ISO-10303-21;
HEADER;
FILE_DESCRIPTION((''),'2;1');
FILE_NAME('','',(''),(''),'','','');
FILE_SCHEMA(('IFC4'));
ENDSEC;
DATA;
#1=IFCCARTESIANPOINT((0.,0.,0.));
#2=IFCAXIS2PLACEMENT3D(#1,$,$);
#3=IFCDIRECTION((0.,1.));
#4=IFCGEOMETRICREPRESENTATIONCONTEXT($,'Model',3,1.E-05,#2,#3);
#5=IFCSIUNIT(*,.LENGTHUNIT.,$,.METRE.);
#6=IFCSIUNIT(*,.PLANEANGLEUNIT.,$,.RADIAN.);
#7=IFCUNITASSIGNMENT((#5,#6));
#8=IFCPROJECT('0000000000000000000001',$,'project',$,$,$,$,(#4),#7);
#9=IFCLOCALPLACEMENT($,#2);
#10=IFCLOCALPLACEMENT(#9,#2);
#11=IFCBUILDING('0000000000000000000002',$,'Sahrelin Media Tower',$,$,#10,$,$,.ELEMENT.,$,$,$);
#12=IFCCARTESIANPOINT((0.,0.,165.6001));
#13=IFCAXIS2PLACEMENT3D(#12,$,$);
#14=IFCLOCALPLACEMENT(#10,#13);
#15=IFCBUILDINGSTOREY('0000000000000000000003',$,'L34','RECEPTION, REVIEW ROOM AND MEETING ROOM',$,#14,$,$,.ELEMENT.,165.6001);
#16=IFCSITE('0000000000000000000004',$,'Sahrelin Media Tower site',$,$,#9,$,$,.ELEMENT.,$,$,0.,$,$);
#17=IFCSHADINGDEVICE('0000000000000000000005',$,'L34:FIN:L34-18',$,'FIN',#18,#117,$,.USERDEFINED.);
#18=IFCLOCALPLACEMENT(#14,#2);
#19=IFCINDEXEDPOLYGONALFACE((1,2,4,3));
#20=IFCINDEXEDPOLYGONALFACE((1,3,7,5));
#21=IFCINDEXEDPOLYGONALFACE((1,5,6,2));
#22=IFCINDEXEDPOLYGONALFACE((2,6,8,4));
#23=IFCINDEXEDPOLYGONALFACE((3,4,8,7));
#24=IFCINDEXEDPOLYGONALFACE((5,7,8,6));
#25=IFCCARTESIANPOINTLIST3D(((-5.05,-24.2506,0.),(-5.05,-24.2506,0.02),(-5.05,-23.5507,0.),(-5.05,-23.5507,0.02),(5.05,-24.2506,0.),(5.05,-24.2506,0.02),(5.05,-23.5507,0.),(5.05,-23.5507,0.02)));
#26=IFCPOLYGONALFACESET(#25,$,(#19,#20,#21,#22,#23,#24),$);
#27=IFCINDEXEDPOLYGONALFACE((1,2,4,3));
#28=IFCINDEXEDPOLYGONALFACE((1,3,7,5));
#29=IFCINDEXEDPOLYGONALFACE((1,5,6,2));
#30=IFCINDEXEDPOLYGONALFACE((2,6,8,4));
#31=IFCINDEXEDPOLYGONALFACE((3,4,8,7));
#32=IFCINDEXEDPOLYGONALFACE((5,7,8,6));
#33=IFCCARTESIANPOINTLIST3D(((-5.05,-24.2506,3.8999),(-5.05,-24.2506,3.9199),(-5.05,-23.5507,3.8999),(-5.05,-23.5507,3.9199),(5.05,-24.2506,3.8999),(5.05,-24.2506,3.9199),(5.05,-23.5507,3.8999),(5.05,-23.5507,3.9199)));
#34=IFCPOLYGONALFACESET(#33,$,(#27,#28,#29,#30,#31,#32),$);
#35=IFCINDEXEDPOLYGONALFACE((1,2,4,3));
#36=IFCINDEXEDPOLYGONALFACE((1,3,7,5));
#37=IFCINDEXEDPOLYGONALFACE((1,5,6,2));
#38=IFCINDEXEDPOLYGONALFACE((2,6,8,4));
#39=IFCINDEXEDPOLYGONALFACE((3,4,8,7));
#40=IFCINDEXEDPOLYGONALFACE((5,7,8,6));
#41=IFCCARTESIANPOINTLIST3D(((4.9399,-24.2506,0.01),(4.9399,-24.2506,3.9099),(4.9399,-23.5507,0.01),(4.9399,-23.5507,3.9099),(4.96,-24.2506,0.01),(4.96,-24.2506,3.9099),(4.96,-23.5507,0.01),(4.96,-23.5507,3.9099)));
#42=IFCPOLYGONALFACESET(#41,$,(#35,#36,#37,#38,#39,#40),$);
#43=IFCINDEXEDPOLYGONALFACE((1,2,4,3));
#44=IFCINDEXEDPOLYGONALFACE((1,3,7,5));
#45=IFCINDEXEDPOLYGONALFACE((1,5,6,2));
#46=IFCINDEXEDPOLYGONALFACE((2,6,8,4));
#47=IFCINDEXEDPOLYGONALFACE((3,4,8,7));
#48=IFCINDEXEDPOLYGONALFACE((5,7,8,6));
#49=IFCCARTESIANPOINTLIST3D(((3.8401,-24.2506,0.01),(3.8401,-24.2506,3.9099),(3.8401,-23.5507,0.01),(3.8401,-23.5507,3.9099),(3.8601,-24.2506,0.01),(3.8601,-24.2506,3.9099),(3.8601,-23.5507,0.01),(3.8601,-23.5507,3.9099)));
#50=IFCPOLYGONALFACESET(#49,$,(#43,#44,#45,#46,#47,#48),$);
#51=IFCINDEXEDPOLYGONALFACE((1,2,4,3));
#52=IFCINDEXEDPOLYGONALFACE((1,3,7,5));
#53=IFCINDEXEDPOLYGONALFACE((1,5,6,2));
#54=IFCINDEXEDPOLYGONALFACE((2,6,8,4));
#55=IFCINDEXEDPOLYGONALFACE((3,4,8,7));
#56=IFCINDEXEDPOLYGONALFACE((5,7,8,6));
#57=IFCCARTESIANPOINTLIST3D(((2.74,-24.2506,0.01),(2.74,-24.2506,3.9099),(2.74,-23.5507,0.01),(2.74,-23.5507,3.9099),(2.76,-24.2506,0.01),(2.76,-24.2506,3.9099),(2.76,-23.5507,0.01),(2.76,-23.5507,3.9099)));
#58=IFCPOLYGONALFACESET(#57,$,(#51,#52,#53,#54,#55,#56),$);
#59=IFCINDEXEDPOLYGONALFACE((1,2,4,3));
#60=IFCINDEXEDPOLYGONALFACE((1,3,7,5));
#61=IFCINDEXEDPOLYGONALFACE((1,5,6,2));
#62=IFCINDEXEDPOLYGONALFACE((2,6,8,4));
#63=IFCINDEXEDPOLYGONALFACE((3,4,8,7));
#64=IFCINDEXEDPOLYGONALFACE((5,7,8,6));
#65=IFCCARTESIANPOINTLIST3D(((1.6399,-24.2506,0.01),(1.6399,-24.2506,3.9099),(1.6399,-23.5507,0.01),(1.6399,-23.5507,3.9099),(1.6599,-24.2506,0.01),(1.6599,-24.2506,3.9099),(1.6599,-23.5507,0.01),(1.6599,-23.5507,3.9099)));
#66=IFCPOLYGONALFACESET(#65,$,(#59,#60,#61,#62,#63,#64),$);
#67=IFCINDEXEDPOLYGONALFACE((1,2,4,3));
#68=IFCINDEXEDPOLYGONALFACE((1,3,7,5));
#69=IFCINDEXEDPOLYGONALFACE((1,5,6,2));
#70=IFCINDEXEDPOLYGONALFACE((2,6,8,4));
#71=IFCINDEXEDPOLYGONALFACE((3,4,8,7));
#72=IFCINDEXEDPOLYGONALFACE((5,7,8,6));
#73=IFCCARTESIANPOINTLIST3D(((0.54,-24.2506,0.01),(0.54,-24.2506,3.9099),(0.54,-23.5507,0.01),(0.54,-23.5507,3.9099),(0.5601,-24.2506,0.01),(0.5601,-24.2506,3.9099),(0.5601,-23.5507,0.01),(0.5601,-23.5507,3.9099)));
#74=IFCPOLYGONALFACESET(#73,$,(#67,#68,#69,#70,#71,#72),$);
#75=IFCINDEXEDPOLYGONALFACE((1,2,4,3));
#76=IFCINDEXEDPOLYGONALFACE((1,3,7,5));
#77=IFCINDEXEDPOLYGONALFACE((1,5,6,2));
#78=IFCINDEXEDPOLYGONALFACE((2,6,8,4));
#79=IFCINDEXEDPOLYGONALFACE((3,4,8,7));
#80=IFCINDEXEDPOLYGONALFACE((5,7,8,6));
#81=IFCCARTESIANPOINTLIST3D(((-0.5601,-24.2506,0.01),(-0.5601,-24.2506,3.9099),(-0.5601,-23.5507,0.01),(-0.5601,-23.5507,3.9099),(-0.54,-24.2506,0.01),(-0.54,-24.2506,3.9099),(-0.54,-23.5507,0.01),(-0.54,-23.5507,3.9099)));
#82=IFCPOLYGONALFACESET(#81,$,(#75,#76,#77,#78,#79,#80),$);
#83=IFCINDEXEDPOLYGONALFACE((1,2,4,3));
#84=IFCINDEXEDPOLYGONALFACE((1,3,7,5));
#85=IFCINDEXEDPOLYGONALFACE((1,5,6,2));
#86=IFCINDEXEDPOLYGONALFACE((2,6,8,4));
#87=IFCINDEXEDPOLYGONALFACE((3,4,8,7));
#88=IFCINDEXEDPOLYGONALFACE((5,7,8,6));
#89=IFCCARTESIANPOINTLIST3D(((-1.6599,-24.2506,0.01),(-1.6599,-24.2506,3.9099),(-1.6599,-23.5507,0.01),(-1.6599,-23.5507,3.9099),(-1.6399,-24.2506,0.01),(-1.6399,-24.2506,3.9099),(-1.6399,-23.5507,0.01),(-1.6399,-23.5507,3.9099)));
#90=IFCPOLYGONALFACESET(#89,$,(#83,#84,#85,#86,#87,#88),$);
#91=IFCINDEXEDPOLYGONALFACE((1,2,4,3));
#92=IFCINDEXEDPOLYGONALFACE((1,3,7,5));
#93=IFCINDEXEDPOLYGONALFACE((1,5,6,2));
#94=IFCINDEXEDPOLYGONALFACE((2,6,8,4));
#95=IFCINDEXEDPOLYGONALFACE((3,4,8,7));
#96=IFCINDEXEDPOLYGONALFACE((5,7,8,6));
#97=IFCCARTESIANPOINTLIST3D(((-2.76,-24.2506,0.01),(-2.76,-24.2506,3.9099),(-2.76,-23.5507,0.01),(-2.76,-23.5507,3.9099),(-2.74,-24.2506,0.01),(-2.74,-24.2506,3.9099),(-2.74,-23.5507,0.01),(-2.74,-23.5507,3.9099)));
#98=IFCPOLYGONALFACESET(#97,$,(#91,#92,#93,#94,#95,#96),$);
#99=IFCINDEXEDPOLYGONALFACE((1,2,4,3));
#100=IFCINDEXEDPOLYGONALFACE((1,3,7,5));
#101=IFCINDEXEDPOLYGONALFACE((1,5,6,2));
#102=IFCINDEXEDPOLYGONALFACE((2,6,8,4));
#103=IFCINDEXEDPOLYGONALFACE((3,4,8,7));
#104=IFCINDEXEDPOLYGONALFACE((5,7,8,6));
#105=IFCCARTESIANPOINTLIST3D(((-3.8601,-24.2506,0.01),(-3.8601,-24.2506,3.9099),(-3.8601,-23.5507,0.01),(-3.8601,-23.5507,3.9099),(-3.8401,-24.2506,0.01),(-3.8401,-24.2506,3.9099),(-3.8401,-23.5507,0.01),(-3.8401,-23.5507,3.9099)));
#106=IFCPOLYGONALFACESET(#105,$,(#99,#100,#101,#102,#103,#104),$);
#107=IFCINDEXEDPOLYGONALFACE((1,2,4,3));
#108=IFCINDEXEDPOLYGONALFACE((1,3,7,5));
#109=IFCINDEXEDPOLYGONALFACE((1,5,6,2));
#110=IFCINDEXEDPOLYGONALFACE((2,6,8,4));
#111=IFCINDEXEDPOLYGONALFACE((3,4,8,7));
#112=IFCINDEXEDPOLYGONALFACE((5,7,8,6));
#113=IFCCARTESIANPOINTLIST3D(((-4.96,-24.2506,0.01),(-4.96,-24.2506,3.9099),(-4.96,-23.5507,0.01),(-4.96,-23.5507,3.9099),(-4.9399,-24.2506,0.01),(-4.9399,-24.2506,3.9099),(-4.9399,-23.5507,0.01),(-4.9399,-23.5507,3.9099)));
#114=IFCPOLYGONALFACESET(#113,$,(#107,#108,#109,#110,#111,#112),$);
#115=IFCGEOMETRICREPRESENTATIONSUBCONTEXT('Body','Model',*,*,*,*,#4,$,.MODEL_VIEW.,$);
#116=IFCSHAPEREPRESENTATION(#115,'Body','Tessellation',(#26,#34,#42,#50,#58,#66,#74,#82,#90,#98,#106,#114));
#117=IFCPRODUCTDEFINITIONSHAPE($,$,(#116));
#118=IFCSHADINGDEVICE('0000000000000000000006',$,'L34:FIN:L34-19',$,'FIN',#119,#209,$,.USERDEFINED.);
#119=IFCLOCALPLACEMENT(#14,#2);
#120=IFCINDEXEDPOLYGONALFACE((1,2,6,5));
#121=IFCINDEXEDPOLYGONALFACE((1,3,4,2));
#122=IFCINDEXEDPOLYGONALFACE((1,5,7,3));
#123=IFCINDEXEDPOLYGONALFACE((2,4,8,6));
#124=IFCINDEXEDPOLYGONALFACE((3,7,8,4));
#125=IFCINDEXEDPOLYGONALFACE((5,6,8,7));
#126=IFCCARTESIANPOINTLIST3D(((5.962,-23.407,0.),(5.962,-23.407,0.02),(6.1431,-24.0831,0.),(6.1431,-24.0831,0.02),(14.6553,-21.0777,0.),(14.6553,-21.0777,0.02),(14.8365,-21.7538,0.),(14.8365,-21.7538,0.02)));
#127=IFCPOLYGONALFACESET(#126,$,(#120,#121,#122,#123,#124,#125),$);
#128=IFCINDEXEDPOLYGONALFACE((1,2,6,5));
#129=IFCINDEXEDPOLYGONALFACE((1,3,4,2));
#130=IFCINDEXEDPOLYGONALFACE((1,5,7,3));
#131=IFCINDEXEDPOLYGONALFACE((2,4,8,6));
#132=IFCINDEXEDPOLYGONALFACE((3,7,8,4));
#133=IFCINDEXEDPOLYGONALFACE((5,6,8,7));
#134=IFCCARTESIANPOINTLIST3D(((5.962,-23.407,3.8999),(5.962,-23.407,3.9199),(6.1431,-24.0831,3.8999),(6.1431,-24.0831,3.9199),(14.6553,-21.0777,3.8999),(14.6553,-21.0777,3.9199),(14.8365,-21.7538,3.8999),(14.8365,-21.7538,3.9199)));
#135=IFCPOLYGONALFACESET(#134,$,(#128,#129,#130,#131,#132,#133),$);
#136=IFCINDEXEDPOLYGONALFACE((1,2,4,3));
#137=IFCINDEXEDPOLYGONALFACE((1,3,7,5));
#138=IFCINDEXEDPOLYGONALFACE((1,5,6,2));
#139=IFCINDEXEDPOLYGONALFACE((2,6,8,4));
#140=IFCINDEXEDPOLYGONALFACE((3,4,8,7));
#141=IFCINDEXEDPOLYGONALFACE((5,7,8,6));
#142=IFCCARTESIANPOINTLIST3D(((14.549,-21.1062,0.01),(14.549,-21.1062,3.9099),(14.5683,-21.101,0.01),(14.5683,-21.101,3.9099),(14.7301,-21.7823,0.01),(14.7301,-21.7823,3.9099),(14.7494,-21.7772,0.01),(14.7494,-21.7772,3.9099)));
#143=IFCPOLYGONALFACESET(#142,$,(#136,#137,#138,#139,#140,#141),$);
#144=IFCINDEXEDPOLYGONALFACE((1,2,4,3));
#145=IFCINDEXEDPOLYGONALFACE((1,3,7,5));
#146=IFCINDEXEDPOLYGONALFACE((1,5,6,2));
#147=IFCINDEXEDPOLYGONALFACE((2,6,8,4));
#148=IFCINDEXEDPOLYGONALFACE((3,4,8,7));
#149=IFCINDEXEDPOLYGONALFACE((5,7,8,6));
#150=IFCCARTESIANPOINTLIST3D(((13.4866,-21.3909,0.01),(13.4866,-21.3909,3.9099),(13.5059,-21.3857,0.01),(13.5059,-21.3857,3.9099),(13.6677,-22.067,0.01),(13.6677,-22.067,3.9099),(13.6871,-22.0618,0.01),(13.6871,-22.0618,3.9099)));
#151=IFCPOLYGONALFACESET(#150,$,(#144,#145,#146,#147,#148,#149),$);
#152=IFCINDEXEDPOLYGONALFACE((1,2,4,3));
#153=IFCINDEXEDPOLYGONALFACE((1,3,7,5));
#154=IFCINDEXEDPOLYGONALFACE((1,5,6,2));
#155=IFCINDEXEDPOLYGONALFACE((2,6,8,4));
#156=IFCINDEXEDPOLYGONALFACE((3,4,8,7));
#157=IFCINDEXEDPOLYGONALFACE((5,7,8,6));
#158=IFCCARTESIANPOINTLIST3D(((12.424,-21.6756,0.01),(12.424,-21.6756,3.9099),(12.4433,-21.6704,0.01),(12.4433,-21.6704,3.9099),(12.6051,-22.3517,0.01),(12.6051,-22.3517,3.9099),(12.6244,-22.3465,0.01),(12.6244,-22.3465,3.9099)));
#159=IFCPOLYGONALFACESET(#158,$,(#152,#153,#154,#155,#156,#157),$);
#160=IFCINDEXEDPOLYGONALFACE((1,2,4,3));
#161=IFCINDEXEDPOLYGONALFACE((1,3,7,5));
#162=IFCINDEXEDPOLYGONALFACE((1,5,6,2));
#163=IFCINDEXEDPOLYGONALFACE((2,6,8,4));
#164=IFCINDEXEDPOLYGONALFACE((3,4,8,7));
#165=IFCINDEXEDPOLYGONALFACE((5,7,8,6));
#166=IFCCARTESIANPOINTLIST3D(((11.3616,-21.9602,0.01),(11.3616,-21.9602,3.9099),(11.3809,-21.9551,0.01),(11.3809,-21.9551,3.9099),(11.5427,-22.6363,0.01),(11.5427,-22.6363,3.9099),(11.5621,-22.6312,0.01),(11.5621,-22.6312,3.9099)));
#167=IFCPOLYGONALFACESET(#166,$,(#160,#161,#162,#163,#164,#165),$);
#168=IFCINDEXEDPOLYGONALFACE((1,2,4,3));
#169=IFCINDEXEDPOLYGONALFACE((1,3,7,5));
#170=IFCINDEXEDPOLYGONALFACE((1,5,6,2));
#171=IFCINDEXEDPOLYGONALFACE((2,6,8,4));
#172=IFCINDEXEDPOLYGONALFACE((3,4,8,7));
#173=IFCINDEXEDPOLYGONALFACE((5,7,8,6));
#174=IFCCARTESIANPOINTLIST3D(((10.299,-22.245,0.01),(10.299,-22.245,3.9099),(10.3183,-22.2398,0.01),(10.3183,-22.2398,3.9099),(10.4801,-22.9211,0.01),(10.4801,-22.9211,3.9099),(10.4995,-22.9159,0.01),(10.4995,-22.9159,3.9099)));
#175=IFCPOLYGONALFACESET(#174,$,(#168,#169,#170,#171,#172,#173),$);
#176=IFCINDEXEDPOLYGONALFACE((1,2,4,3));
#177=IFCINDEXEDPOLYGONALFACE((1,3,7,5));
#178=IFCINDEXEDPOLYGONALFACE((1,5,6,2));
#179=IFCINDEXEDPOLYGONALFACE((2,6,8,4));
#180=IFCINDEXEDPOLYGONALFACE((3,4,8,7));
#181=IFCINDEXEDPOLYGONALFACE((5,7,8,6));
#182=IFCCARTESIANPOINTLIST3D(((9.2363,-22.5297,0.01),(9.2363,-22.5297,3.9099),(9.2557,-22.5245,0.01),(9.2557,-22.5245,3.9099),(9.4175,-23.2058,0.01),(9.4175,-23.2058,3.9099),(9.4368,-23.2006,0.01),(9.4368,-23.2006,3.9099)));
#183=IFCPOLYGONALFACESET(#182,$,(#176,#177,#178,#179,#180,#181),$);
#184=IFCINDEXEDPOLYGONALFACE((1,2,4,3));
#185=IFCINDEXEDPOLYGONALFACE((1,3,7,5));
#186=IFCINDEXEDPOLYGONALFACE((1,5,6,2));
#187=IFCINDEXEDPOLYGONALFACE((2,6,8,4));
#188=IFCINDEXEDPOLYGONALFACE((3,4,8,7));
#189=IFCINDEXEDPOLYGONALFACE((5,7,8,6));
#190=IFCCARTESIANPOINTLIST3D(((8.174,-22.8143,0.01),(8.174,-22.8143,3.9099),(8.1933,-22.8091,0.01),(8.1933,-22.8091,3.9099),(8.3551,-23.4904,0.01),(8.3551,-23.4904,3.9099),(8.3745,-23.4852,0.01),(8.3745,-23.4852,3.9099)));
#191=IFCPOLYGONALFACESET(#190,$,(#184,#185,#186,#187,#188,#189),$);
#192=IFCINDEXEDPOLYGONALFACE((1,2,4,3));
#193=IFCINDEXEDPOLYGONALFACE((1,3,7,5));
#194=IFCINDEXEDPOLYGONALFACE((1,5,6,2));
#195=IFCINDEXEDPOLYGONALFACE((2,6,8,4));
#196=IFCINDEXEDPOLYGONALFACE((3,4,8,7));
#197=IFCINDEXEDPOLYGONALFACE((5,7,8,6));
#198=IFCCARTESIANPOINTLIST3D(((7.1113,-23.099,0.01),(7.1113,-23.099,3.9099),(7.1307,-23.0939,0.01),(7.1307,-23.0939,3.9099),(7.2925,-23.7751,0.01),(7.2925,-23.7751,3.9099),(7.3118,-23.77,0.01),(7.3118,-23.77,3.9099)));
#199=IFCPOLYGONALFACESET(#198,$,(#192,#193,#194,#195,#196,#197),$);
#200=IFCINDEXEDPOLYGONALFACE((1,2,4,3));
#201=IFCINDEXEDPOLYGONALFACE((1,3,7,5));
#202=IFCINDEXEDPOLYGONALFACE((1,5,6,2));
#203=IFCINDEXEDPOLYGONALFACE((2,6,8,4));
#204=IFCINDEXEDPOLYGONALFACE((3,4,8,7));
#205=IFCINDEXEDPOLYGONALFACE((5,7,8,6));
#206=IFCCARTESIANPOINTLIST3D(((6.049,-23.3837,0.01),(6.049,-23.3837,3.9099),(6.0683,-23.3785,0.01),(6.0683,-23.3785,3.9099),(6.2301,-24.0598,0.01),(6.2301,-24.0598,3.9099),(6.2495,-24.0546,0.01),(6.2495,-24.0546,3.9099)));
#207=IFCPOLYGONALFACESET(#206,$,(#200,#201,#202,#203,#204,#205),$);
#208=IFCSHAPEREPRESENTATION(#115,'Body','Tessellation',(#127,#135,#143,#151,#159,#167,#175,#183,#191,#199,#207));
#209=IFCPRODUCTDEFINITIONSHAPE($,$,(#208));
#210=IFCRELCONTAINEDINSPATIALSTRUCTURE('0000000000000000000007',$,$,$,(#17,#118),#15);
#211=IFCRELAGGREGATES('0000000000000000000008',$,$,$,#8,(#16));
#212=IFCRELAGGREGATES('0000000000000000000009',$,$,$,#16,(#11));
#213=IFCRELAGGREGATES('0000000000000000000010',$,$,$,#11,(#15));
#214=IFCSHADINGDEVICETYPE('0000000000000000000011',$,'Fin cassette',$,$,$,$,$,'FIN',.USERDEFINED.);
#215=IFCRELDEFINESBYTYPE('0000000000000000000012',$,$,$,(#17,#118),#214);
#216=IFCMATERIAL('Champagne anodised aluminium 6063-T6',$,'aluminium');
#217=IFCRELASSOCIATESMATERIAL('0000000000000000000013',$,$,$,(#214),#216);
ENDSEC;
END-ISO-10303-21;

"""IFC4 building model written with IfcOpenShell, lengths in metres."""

from ifc_helpers import new_model, si_unit, direction, frame, origin, origin_2d, place, context, subcontext, project, spatial, rectangle, extrude, material, type_object, element, save


model = new_model("IFC4")

# Units and contexts
model_context = context("Model", 3, precision=1e-05, world=origin(), true_north=direction((0.0, 1.0)))
body_context = subcontext(model_context, "Body", "Model", "MODEL_VIEW")
ifc_project = project(units=[si_unit("LENGTHUNIT", "METRE"), si_unit("PLANEANGLEUNIT", "RADIAN")], contexts=[model_context])

# Site, building, storey
site_placement = place(None, origin())
site = spatial("IfcSite", under=ifc_project, at=site_placement, Name="Sahrelin Media Tower site", CompositionType="ELEMENT", RefElevation=0.0)
building_placement = place(site_placement, origin())
building = spatial("IfcBuilding", under=site, at=building_placement, Name="Sahrelin Media Tower", CompositionType="ELEMENT")
storey_placement = place(building_placement, frame((0.0, 0.0, 165.6001)))
storey = spatial("IfcBuildingStorey", under=building, at=storey_placement, Name="L34", Description="RECEPTION, REVIEW ROOM AND MEETING ROOM", CompositionType="ELEMENT", Elevation=165.6001)

# Shared definitions
ifc_material_1 = material(Name="Champagne anodised aluminium 6063-T6", Category="aluminium")

# Shading devices
shading_device_type_1 = type_object("IfcShadingDeviceType", Name="Fin cassette", ElementType="FIN", PredefinedType="USERDEFINED", material=ifc_material_1)
placement_1 = place(storey_placement, frame((0.0, -23.4807, 0.0), z_axis=(0.0, 0.0, 1.0), x_axis=(-1.0, 0.0, 0.0)))
element("IfcShadingDevice", 1, at=placement_1, inside=storey, type_object=shading_device_type_1, Name="L34:FIN:L34-18", ObjectType="FIN", PredefinedType="USERDEFINED", context=body_context, shape_type="SweptSolid", body=[
    extrude(rectangle(XDim=10.1001, YDim=0.7, at=origin_2d()), frame((0.0, 0.4199, 0.0)), (0.0, 0.0, 1.0), 0.02),
    extrude(rectangle(XDim=10.1001, YDim=0.7, at=origin_2d()), frame((0.0, 0.4199, 3.8999)), (0.0, 0.0, 1.0), 0.02),
    extrude(rectangle(XDim=0.02, YDim=0.7, at=origin_2d()), frame((-4.95, 0.4199, 0.01), z_axis=(0.0, 0.0, 1.0), x_axis=(1.0, 0.0, 0.0)), (0.0, 0.0, 1.0), 3.8999),
    extrude(rectangle(XDim=0.02, YDim=0.7, at=origin_2d()), frame((-3.8501, 0.4199, 0.01), z_axis=(0.0, 0.0, 1.0), x_axis=(1.0, 0.0, 0.0)), (0.0, 0.0, 1.0), 3.8999),
    extrude(rectangle(XDim=0.02, YDim=0.7, at=origin_2d()), frame((-2.75, 0.4199, 0.01), z_axis=(0.0, 0.0, 1.0), x_axis=(1.0, 0.0, 0.0)), (0.0, 0.0, 1.0), 3.8999),
    extrude(rectangle(XDim=0.02, YDim=0.7, at=origin_2d()), frame((-1.6499, 0.4199, 0.01), z_axis=(0.0, 0.0, 1.0), x_axis=(1.0, 0.0, 0.0)), (0.0, 0.0, 1.0), 3.8999),
    extrude(rectangle(XDim=0.02, YDim=0.7, at=origin_2d()), frame((-0.55, 0.4199, 0.01), z_axis=(0.0, 0.0, 1.0), x_axis=(1.0, 0.0, 0.0)), (0.0, 0.0, 1.0), 3.8999),
    extrude(rectangle(XDim=0.02, YDim=0.7, at=origin_2d()), frame((0.55, 0.4199, 0.01), z_axis=(0.0, 0.0, 1.0), x_axis=(1.0, 0.0, 0.0)), (0.0, 0.0, 1.0), 3.8999),
    extrude(rectangle(XDim=0.02, YDim=0.7, at=origin_2d()), frame((1.6499, 0.4199, 0.01), z_axis=(0.0, 0.0, 1.0), x_axis=(1.0, 0.0, 0.0)), (0.0, 0.0, 1.0), 3.8999),
    extrude(rectangle(XDim=0.02, YDim=0.7, at=origin_2d()), frame((2.75, 0.4199, 0.01), z_axis=(0.0, 0.0, 1.0), x_axis=(1.0, 0.0, 0.0)), (0.0, 0.0, 1.0), 3.8999),
    extrude(rectangle(XDim=0.02, YDim=0.7, at=origin_2d()), frame((3.8501, 0.4199, 0.01), z_axis=(0.0, 0.0, 1.0), x_axis=(1.0, 0.0, 0.0)), (0.0, 0.0, 1.0), 3.8999),
    extrude(rectangle(XDim=0.02, YDim=0.7, at=origin_2d()), frame((4.95, 0.4199, 0.01), z_axis=(0.0, 0.0, 1.0), x_axis=(1.0, 0.0, 0.0)), (0.0, 0.0, 1.0), 3.8999),
])
placement_2 = place(storey_placement, frame((10.2905, -22.1748, 0.0), z_axis=(0.0, 0.0, 1.0), x_axis=(-0.965929, -0.258808, 0.0)))
element("IfcShadingDevice", 2, at=placement_2, inside=storey, type_object=shading_device_type_1, Name="L34:FIN:L34-19", ObjectType="FIN", PredefinedType="USERDEFINED", context=body_context, shape_type="SweptSolid", body=[
    extrude(rectangle(XDim=9.0, YDim=0.7, at=origin_2d()), frame((0.0, 0.4199, 0.0)), (0.0, 0.0, 1.0), 0.02),
    extrude(rectangle(XDim=9.0, YDim=0.7, at=origin_2d()), frame((0.0, 0.4199, 3.8999)), (0.0, 0.0, 1.0), 0.02),
    extrude(rectangle(XDim=0.02, YDim=0.7, at=origin_2d()), frame((-4.3999, 0.4199, 0.01), z_axis=(0.0, 0.0, 1.0), x_axis=(1.0, 0.0, 0.0)), (0.0, 0.0, 1.0), 3.8999),
    extrude(rectangle(XDim=0.02, YDim=0.7, at=origin_2d()), frame((-3.3, 0.4199, 0.01), z_axis=(0.0, 0.0, 1.0), x_axis=(1.0, 0.0, 0.0)), (0.0, 0.0, 1.0), 3.8999),
    extrude(rectangle(XDim=0.02, YDim=0.7, at=origin_2d()), frame((-2.2, 0.4199, 0.01), z_axis=(0.0, 0.0, 1.0), x_axis=(1.0, 0.0, 0.0)), (0.0, 0.0, 1.0), 3.8999),
    extrude(rectangle(XDim=0.02, YDim=0.7, at=origin_2d()), frame((-1.1001, 0.4199, 0.01), z_axis=(0.0, 0.0, 1.0), x_axis=(1.0, 0.0, 0.0)), (0.0, 0.0, 1.0), 3.8999),
    extrude(rectangle(XDim=0.02, YDim=0.7, at=origin_2d()), frame((0.0, 0.4199, 0.01), z_axis=(0.0, 0.0, 1.0), x_axis=(1.0, 0.0, 0.0)), (0.0, 0.0, 1.0), 3.8999),
    extrude(rectangle(XDim=0.02, YDim=0.7, at=origin_2d()), frame((1.1001, 0.4199, 0.01), z_axis=(0.0, 0.0, 1.0), x_axis=(1.0, 0.0, 0.0)), (0.0, 0.0, 1.0), 3.8999),
    extrude(rectangle(XDim=0.02, YDim=0.7, at=origin_2d()), frame((2.2, 0.4199, 0.01), z_axis=(0.0, 0.0, 1.0), x_axis=(1.0, 0.0, 0.0)), (0.0, 0.0, 1.0), 3.8999),
    extrude(rectangle(XDim=0.02, YDim=0.7, at=origin_2d()), frame((3.3, 0.4199, 0.01), z_axis=(0.0, 0.0, 1.0), x_axis=(1.0, 0.0, 0.0)), (0.0, 0.0, 1.0), 3.8999),
    extrude(rectangle(XDim=0.02, YDim=0.7, at=origin_2d()), frame((4.3999, 0.4199, 0.01), z_axis=(0.0, 0.0, 1.0), x_axis=(1.0, 0.0, 0.0)), (0.0, 0.0, 1.0), 3.8999),
])

save(model, "model.ifc")
